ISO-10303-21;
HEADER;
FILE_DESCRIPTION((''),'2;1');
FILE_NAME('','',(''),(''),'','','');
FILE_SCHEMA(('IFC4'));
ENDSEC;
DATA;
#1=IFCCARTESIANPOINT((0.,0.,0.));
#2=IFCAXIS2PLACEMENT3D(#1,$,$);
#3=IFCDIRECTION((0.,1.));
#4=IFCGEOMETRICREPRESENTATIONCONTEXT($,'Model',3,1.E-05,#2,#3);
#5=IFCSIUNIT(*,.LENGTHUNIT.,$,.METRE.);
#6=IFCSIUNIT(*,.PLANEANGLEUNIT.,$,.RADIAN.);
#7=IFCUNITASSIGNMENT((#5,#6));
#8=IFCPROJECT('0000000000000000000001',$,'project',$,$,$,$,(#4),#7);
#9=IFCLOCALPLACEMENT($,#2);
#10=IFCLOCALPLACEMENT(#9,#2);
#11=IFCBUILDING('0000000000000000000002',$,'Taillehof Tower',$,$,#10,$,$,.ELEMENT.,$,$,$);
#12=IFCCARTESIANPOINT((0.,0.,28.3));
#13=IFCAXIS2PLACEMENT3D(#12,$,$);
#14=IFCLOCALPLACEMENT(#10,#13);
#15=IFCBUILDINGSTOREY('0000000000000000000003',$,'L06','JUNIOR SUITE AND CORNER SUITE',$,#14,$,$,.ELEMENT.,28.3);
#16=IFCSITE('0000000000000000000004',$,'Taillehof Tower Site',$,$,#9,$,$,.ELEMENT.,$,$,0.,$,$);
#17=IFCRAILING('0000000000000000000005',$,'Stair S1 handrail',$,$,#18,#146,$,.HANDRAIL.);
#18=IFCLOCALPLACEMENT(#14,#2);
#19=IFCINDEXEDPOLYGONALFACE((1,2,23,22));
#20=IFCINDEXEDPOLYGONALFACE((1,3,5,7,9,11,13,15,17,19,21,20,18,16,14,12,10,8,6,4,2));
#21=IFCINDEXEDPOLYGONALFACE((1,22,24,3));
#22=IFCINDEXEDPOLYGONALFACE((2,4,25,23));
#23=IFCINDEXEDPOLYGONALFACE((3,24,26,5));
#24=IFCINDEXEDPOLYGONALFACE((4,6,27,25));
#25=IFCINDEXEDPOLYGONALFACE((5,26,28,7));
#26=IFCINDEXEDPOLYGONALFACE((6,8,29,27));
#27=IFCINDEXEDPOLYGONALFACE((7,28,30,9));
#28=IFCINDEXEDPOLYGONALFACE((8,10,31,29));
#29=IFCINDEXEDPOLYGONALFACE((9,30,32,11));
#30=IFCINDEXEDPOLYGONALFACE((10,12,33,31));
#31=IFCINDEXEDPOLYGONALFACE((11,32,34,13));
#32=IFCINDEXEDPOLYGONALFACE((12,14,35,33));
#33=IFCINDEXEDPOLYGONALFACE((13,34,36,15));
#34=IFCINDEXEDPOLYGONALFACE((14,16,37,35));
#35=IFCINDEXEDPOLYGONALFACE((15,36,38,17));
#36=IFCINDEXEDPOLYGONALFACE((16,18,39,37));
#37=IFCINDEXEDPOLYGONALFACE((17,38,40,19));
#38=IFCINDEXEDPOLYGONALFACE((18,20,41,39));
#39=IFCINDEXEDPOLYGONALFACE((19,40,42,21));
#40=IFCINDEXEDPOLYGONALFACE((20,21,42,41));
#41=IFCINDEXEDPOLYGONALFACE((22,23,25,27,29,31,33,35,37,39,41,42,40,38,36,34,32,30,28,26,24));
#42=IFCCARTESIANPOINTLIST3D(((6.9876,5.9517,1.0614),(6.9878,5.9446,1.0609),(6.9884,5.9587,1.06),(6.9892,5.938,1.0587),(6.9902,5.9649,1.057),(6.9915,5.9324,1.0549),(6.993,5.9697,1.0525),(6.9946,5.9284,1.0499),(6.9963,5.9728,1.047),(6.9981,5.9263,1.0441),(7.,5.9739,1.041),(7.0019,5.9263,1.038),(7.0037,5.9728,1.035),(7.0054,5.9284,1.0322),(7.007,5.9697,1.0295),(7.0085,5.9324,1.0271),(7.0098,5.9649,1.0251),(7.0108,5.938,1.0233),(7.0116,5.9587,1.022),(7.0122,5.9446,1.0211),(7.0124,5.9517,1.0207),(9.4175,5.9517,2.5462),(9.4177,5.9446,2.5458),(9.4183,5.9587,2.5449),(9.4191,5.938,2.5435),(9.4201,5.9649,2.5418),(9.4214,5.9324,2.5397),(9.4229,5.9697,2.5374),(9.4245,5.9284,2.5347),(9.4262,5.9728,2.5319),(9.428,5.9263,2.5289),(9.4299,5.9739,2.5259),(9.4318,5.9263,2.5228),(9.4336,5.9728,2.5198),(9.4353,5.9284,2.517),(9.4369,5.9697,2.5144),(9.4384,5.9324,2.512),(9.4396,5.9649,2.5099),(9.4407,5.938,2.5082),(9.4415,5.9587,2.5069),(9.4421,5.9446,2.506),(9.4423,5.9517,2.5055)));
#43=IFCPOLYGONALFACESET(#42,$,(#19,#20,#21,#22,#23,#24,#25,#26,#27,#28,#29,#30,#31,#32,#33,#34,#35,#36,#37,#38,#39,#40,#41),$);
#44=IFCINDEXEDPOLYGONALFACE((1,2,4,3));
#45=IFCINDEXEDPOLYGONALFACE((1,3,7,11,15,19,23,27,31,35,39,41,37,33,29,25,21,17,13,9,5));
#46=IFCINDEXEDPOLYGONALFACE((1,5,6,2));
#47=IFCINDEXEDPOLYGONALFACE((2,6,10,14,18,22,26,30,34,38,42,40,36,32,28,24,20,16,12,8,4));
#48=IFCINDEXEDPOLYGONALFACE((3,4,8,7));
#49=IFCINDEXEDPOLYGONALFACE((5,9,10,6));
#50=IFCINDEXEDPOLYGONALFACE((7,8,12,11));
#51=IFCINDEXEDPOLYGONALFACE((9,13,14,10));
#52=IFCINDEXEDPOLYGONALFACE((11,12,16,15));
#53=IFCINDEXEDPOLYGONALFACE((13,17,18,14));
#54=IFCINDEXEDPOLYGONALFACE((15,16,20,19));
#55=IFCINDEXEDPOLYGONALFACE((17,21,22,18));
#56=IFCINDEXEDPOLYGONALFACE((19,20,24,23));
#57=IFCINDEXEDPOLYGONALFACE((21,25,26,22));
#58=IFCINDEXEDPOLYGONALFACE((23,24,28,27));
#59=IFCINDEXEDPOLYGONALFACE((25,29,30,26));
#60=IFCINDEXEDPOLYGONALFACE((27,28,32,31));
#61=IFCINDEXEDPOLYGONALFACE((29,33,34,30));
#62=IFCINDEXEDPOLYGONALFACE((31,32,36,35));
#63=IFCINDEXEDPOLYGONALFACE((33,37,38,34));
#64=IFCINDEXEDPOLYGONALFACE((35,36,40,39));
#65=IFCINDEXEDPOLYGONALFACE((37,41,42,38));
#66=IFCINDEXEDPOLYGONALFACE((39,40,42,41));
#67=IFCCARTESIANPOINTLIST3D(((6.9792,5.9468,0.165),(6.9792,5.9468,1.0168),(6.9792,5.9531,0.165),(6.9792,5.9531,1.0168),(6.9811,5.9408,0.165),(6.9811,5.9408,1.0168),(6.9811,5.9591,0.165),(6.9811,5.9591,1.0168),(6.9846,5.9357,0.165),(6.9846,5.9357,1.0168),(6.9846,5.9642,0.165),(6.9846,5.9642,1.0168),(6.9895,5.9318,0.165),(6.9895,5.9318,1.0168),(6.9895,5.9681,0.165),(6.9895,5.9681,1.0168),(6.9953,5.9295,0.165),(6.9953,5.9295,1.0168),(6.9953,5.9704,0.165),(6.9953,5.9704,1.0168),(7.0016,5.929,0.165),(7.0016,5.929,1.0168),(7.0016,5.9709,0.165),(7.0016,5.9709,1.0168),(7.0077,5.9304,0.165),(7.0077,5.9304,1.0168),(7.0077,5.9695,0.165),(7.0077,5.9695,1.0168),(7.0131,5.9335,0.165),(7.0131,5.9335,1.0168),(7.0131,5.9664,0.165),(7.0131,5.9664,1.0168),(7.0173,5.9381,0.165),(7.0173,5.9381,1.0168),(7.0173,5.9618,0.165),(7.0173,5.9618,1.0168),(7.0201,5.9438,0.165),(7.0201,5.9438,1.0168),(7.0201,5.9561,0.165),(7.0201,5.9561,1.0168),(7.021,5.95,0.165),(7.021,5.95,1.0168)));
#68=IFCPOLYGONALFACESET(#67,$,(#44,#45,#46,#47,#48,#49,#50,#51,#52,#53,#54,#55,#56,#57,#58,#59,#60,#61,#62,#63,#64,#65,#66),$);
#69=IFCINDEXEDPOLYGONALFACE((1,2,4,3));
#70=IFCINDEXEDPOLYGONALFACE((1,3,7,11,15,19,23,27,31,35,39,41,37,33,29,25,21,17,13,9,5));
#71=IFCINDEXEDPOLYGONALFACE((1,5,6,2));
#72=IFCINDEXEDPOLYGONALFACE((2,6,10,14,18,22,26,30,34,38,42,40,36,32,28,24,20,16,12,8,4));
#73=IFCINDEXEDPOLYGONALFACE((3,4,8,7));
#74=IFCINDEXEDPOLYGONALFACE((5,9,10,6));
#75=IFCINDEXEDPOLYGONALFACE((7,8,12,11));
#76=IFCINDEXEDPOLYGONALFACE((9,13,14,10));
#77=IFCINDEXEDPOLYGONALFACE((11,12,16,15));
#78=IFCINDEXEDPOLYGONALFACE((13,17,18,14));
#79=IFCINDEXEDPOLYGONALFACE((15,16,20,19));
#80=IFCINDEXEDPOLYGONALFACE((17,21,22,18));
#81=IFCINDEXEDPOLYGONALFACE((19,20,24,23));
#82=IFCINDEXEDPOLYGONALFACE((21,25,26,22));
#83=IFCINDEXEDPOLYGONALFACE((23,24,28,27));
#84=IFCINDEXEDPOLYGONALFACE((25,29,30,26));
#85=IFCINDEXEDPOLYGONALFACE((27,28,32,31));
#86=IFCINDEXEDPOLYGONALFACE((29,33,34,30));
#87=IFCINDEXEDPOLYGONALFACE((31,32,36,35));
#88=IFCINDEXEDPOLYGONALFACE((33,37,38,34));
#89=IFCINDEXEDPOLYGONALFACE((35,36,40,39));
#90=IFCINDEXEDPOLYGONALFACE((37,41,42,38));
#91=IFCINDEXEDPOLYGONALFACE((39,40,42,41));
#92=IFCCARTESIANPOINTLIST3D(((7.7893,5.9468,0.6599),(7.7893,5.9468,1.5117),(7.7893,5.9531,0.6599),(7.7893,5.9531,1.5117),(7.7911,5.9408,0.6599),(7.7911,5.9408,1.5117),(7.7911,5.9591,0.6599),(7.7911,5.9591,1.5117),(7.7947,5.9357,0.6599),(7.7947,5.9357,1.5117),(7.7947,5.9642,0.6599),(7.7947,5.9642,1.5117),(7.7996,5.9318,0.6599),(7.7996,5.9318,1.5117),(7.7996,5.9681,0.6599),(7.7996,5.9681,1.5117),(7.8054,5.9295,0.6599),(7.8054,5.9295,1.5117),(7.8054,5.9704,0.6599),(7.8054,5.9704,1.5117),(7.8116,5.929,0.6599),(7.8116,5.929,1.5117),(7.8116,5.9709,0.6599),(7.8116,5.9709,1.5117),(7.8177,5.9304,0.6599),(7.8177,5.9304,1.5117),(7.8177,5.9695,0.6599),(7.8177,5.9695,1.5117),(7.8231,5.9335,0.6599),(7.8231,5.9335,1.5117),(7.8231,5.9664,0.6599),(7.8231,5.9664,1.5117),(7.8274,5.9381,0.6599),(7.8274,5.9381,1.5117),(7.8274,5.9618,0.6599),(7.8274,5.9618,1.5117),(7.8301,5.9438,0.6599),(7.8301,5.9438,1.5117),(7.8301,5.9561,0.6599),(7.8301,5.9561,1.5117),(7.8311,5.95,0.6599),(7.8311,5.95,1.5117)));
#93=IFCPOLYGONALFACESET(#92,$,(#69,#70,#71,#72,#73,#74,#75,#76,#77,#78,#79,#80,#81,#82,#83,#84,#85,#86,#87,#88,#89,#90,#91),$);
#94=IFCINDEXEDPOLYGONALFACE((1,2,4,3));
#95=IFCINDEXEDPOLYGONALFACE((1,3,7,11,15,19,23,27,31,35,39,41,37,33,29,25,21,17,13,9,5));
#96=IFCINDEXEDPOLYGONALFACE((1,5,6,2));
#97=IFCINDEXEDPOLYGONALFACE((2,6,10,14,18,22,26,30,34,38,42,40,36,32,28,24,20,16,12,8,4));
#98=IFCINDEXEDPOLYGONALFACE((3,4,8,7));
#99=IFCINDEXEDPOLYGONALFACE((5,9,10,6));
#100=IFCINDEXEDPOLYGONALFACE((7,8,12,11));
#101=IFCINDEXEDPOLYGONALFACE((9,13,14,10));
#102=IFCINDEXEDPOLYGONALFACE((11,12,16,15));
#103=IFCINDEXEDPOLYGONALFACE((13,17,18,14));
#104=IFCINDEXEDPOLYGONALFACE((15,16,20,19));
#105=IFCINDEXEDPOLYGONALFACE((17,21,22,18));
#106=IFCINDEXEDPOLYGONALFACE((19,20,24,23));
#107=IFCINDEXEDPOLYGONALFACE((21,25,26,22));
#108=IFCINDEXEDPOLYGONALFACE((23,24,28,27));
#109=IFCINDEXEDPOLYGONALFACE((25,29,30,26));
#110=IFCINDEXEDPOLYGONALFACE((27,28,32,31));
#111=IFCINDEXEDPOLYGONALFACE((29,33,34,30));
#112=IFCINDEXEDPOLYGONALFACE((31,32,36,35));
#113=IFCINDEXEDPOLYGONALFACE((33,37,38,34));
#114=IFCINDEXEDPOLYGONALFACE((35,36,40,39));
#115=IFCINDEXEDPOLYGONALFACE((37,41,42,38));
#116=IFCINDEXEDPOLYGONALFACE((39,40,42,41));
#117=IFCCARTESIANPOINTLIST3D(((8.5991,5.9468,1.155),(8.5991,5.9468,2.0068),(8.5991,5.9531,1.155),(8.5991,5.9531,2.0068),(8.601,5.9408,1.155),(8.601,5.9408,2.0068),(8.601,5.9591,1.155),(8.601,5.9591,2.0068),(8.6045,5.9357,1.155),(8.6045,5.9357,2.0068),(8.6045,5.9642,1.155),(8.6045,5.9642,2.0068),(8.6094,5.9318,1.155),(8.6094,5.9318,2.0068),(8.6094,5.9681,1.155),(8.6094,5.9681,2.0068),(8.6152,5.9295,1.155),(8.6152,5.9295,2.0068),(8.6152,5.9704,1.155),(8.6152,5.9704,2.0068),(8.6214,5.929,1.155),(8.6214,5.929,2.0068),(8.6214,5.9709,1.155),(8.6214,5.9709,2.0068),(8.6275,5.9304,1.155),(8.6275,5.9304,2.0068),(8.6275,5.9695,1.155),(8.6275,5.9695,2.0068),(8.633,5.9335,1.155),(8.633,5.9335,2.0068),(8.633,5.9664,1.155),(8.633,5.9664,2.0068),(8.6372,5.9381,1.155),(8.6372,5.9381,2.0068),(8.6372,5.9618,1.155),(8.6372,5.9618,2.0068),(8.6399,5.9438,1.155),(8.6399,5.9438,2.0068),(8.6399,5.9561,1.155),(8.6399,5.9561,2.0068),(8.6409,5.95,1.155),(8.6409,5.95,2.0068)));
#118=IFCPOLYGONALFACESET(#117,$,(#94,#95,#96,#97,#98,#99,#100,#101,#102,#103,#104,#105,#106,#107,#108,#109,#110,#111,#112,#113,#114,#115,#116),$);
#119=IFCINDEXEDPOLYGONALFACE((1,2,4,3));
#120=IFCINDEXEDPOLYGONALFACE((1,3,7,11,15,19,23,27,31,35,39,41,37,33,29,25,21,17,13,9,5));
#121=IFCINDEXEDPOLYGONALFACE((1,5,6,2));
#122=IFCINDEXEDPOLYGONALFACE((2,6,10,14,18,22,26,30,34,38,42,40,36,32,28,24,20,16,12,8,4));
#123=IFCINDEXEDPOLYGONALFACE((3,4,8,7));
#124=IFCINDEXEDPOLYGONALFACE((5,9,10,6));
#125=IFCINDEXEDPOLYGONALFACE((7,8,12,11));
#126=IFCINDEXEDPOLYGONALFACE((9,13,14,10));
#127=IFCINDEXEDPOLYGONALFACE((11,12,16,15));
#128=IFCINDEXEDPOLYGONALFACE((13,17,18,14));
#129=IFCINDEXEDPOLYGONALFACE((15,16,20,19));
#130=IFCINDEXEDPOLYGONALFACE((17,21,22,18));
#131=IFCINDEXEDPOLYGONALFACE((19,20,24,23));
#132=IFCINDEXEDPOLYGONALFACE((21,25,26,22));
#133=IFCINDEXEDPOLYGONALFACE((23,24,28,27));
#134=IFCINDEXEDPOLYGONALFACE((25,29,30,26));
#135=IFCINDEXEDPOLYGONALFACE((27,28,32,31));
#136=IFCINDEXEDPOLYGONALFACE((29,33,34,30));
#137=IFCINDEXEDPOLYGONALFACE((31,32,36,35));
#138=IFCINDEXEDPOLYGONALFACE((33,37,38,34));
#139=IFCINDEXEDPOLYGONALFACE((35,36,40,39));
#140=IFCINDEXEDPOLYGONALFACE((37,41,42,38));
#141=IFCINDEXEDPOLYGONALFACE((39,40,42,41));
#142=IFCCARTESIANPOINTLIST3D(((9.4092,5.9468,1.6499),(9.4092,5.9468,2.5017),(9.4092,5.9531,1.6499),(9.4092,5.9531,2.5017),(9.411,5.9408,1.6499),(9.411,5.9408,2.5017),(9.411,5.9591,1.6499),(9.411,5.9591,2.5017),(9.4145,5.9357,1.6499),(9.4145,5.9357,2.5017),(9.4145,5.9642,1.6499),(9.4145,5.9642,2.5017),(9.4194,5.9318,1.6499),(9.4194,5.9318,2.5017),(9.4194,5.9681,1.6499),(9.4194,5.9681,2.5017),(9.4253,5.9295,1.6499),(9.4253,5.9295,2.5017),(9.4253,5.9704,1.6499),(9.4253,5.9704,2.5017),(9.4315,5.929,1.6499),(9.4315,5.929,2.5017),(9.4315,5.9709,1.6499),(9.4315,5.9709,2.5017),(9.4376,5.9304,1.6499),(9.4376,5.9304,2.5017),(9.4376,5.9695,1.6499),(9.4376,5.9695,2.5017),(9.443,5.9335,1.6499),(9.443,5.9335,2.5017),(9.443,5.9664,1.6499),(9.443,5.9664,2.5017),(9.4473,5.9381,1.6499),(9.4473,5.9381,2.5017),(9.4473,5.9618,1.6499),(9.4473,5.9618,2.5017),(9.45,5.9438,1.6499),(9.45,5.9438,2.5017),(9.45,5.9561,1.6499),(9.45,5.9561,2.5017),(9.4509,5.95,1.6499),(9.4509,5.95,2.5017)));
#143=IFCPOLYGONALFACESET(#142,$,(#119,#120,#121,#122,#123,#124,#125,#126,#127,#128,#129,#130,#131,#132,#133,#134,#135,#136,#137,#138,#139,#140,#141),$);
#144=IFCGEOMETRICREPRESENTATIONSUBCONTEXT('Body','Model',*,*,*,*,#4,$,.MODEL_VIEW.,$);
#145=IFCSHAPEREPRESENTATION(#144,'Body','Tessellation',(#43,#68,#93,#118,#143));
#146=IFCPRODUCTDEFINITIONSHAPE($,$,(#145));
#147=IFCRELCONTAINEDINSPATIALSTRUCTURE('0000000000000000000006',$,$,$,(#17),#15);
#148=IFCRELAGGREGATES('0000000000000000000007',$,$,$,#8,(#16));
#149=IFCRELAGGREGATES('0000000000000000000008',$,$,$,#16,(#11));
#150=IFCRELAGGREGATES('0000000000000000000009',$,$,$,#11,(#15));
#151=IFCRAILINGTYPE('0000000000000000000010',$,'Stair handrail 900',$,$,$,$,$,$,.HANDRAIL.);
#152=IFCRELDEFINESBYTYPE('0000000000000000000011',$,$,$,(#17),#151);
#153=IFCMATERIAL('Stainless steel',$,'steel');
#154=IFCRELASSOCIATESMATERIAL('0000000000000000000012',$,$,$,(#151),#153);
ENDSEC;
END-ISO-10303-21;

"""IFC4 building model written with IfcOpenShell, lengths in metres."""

from ifc_helpers import new_model, si_unit, direction, frame, origin, origin_2d, place, context, subcontext, project, spatial, circle, extrude, material, type_object, element, save


model = new_model("IFC4")

# Units and contexts
model_context = context("Model", 3, precision=1e-05, world=origin(), true_north=direction((0.0, 1.0)))
body_context = subcontext(model_context, "Body", "Model", "MODEL_VIEW")
ifc_project = project(units=[si_unit("LENGTHUNIT", "METRE"), si_unit("PLANEANGLEUNIT", "RADIAN")], contexts=[model_context])

# Site, building, storey
site_placement = place(None, origin())
site = spatial("IfcSite", under=ifc_project, at=site_placement, Name="Taillehof Tower Site", CompositionType="ELEMENT", RefElevation=0.0)
building_placement = place(site_placement, origin())
building = spatial("IfcBuilding", under=site, at=building_placement, Name="Taillehof Tower", CompositionType="ELEMENT")
storey_placement = place(building_placement, frame((0.0, 0.0, 28.3)))
storey = spatial("IfcBuildingStorey", under=building, at=storey_placement, Name="L06", Description="JUNIOR SUITE AND CORNER SUITE", CompositionType="ELEMENT", Elevation=28.3)

# Railing
ifc_material_1 = material(Name="Stainless steel", Category="steel")
railing_type = type_object("IfcRailingType", Name="Stair handrail 900", PredefinedType="HANDRAIL", material=ifc_material_1)
railing_1_placement = place(storey_placement, frame((7.0, 5.95, 0.165)))
element("IfcRailing", 1, at=railing_1_placement, inside=storey, type_object=railing_type, Name="Stair S1 handrail", PredefinedType="HANDRAIL", context=body_context, shape_type="SweptSolid", body=[
    extrude(circle(Radius=0.0239, at=origin_2d()), frame((0.0, 0.0, 0.876), z_axis=(0.853297, 0.0, 0.521426), x_axis=(0.0, 1.0, 0.0)), (0.0, 0.0, 1.0), 2.8477),
    extrude(circle(Radius=0.021, at=origin_2d()), origin(), (0.0, 0.0, 1.0), 0.8518),
    extrude(circle(Radius=0.021, at=origin_2d()), frame((0.8101, 0.0, 0.4949)), (0.0, 0.0, 1.0), 0.8518),
    extrude(circle(Radius=0.021, at=origin_2d()), frame((1.6199, 0.0, 0.99)), (0.0, 0.0, 1.0), 0.8518),
    extrude(circle(Radius=0.021, at=origin_2d()), frame((2.4299, 0.0, 1.4849)), (0.0, 0.0, 1.0), 0.8518),
])

save(model, "model.ifc")
